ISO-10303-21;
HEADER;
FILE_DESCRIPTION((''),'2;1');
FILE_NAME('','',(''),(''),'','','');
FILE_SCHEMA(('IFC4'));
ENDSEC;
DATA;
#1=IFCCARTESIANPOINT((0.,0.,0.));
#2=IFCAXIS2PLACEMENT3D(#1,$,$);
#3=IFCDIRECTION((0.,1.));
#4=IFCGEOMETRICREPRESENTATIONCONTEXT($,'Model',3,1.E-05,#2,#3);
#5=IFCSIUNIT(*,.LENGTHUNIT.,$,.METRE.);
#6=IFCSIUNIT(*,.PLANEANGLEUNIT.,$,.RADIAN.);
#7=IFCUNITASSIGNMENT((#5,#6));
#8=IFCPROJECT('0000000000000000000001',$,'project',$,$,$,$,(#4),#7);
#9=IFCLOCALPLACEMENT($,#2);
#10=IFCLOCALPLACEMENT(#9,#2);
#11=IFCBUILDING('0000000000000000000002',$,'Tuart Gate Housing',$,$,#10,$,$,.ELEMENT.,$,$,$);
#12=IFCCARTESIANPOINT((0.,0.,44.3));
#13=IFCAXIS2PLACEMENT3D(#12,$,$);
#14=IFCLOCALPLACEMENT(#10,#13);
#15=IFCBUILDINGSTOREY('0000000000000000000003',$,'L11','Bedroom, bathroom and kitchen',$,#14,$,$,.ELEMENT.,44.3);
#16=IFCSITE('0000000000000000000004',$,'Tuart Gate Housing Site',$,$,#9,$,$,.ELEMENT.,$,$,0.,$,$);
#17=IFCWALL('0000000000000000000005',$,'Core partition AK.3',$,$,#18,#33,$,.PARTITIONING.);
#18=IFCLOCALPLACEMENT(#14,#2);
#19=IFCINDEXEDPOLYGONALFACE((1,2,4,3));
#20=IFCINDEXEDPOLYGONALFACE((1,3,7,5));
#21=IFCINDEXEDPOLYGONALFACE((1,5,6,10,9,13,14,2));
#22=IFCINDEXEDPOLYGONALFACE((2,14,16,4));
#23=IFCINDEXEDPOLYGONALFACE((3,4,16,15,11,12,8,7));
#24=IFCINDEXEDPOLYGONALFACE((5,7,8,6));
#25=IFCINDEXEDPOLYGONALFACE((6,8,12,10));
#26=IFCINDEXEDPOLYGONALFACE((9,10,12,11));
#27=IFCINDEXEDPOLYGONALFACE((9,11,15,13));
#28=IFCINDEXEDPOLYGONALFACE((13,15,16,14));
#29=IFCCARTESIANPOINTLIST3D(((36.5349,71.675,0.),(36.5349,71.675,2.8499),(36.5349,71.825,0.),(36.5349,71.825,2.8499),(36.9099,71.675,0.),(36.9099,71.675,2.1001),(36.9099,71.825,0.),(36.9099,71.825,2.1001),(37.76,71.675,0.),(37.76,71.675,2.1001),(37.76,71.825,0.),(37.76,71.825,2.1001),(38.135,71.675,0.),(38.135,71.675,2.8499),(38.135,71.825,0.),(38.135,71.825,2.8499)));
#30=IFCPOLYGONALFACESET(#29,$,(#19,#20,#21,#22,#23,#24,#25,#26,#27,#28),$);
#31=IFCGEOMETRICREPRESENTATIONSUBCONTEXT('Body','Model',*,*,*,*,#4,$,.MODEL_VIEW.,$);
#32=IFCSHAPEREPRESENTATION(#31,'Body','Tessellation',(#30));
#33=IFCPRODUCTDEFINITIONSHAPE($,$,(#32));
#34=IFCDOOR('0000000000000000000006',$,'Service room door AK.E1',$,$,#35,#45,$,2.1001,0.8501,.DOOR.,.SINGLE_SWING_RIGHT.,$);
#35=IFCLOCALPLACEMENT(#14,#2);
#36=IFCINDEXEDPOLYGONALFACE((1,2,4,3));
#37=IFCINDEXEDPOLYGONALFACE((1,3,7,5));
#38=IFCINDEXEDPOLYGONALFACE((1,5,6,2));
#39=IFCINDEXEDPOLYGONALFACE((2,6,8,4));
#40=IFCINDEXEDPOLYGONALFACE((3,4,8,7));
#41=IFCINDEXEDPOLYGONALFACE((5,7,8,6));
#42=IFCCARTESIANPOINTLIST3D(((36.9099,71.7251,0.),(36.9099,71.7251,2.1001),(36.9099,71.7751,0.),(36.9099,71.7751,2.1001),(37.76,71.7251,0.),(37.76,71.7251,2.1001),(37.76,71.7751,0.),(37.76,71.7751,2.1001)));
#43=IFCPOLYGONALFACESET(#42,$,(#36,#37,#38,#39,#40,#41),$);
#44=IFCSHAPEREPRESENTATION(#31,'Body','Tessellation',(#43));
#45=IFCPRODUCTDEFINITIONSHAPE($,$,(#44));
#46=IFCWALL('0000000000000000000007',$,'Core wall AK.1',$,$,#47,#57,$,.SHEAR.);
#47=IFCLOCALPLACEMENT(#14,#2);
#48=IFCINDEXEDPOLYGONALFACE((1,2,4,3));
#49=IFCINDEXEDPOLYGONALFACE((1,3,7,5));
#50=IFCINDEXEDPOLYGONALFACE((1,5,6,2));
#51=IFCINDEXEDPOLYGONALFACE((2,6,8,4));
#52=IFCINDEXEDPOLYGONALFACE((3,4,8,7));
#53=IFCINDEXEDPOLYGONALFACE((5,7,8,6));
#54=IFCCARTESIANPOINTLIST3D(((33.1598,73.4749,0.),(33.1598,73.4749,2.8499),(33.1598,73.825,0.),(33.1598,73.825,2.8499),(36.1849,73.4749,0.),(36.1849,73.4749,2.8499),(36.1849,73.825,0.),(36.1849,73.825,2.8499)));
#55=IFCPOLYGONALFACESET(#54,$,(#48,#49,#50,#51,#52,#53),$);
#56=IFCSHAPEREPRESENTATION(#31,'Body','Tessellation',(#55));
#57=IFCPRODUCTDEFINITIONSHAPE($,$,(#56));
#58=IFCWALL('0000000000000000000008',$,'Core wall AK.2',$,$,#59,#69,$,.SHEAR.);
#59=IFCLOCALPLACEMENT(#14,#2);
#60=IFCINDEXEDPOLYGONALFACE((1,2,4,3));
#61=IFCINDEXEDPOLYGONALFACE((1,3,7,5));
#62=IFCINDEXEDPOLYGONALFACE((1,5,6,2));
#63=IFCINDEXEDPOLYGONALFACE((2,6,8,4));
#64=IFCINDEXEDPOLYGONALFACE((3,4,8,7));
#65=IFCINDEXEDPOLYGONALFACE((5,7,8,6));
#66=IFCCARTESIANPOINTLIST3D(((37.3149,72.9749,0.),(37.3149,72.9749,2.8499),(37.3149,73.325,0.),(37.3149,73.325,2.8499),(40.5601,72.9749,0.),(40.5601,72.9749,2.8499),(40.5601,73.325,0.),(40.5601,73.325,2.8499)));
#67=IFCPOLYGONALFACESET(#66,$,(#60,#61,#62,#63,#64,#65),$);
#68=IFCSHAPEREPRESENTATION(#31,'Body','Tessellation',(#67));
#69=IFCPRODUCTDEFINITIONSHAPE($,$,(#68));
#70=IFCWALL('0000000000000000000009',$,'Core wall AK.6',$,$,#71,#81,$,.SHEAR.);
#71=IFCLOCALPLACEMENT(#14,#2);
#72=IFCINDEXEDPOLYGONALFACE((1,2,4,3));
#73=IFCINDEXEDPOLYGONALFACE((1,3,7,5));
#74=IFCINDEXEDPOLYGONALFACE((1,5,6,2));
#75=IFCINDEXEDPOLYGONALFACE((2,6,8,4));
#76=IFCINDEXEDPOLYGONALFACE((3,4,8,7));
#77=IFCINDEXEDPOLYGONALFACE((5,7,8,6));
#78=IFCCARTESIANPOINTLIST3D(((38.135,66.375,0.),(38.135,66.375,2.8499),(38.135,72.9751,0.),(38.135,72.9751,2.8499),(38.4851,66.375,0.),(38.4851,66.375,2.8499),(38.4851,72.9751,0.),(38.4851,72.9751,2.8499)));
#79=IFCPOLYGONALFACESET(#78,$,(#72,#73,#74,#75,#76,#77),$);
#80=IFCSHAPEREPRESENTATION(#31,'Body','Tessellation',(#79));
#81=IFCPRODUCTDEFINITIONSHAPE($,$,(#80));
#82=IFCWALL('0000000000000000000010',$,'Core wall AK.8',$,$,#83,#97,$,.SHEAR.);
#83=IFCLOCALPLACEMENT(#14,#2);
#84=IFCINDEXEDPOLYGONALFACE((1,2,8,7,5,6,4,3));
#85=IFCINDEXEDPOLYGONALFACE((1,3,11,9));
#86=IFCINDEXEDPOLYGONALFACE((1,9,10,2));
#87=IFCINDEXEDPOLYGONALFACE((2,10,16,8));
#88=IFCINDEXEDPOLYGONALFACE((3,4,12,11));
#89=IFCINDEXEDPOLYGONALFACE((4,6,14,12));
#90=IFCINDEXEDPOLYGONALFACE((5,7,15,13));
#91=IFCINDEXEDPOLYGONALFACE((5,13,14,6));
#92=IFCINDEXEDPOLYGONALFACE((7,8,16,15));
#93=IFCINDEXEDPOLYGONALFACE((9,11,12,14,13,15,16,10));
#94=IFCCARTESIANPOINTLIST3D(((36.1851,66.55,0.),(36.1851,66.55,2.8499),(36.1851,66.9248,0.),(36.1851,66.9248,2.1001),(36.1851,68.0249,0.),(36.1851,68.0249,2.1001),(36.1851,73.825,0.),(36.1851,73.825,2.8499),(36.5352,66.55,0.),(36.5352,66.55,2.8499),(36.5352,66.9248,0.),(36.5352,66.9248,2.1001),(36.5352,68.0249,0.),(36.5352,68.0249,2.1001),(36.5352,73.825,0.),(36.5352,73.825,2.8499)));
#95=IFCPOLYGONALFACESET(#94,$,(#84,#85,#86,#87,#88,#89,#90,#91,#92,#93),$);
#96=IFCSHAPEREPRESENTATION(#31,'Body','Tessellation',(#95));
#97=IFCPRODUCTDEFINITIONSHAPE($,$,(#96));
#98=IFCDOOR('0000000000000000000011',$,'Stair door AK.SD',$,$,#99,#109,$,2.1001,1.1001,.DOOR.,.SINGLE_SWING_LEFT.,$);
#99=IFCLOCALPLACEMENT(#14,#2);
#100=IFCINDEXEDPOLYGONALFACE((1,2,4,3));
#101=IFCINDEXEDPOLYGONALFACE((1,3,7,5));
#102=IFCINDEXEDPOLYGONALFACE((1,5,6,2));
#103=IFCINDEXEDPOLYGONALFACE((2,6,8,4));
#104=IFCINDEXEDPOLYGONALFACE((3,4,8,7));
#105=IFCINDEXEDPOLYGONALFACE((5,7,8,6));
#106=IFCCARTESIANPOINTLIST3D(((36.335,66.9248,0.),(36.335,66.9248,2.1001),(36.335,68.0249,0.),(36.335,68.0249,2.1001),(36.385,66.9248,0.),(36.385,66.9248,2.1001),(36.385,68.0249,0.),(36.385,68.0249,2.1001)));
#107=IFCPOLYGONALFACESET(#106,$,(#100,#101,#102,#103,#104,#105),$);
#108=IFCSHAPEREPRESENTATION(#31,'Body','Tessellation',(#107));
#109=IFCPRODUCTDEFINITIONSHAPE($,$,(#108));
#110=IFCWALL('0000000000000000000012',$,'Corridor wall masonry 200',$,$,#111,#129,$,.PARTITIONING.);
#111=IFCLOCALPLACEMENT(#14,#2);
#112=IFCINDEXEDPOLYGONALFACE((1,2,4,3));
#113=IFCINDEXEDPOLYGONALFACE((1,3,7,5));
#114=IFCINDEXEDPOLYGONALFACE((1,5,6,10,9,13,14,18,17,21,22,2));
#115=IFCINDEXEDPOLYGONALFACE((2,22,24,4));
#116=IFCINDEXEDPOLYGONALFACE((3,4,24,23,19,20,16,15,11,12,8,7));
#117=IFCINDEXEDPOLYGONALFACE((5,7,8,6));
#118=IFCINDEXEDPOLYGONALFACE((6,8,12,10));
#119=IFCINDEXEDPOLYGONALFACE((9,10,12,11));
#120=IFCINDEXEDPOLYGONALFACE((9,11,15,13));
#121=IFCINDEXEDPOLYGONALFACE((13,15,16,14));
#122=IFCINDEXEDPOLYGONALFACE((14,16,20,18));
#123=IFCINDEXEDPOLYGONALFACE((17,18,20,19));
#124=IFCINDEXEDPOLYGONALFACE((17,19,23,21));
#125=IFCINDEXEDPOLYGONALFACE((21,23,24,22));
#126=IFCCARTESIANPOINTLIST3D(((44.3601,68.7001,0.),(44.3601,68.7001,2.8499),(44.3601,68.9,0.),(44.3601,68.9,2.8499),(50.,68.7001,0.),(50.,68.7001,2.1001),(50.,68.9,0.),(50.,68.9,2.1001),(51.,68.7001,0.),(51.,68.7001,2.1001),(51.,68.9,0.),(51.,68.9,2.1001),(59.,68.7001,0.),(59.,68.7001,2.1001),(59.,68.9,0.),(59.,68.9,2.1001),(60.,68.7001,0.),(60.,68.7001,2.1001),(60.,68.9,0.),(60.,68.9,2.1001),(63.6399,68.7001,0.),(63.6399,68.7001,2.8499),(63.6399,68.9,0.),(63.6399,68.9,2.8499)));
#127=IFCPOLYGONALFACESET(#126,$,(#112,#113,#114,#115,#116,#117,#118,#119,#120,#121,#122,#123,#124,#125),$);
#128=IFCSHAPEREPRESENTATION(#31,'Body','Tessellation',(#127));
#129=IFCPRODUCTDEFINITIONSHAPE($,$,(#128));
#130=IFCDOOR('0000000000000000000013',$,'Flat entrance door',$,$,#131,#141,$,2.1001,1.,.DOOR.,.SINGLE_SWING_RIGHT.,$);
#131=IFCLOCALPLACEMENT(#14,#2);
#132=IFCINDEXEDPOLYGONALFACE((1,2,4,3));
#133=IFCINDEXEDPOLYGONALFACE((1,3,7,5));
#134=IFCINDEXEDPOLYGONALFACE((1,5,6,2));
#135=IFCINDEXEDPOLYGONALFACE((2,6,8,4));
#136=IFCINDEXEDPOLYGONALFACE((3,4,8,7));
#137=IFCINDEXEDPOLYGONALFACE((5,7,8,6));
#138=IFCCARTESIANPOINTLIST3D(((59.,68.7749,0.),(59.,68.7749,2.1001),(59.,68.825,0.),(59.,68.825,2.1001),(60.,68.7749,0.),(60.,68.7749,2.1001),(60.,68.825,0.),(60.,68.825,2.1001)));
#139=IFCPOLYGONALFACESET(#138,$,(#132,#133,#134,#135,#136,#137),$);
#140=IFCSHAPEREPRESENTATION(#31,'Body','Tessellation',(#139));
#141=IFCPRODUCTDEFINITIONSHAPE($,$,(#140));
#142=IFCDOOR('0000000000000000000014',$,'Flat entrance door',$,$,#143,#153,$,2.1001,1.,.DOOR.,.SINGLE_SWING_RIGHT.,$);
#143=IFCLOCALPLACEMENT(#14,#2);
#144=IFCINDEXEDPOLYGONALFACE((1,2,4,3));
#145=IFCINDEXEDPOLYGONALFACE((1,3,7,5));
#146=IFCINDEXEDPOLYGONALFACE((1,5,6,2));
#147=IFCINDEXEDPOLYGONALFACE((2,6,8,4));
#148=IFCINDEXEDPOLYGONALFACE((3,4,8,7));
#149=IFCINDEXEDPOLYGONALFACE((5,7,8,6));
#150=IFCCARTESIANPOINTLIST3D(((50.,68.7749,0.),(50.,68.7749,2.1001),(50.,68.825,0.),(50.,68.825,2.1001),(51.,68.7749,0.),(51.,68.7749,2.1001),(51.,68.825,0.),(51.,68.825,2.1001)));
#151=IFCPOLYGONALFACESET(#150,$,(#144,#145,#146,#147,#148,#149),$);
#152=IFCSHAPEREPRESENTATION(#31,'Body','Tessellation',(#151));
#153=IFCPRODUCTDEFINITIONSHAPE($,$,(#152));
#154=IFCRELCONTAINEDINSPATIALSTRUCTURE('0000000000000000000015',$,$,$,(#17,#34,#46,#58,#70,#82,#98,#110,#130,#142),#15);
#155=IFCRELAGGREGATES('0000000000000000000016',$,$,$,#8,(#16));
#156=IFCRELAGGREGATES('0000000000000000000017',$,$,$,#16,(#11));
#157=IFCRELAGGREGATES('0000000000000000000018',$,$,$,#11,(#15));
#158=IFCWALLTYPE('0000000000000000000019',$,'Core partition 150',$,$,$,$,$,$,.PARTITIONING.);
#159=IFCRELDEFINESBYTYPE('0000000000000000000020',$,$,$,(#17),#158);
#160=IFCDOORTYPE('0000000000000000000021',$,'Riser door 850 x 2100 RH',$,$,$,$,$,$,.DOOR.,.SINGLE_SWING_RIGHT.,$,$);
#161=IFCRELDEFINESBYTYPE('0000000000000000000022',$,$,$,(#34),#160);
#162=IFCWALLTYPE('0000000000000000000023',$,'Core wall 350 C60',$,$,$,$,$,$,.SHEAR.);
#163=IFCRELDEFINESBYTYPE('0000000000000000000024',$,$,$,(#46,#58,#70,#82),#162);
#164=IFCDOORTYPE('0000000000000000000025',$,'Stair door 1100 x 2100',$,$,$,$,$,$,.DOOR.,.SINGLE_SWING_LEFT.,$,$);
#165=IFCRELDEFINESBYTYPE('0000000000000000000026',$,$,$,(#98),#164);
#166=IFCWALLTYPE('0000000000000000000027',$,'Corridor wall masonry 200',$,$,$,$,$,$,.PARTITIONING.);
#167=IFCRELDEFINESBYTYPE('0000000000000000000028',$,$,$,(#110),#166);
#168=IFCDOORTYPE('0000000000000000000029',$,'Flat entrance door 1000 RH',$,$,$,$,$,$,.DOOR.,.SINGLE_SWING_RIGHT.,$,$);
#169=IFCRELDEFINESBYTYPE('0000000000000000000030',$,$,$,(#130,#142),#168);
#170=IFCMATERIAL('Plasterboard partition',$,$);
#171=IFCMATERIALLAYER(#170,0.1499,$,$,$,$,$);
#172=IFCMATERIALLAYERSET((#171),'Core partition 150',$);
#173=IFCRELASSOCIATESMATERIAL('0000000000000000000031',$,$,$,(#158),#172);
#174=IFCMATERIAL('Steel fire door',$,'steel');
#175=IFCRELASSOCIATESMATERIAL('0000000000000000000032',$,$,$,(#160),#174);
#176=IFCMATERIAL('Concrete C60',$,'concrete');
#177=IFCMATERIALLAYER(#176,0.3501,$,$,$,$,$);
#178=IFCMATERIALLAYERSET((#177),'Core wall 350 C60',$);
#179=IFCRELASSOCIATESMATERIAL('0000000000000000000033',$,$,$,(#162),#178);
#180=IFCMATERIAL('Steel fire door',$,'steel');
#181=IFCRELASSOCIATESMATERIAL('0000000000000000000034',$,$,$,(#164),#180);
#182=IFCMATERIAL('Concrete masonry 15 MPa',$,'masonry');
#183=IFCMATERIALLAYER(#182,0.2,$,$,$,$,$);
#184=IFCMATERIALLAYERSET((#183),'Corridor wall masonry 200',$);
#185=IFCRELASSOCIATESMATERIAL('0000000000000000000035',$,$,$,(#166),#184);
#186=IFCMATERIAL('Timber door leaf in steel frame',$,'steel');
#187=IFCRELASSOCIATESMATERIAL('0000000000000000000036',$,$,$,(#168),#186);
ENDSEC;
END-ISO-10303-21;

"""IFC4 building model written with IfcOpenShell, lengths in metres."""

from ifc_helpers import new_model, si_unit, direction, frame, frame_2d, origin, place, context, subcontext, project, spatial, rectangle, extrude, material, layer, layer_set, type_object, element, fill, save


model = new_model("IFC4")

# Units and contexts
model_context = context("Model", 3, precision=1e-05, world=origin(), true_north=direction((0.0, 1.0)))
body_context = subcontext(model_context, "Body", "Model", "MODEL_VIEW")
ifc_project = project(units=[si_unit("LENGTHUNIT", "METRE"), si_unit("PLANEANGLEUNIT", "RADIAN")], contexts=[model_context])

# Site, building, storey
site_placement = place(None, origin())
site = spatial("IfcSite", under=ifc_project, at=site_placement, Name="Tuart Gate Housing Site", CompositionType="ELEMENT", RefElevation=0.0)
building_placement = place(site_placement, origin())
building = spatial("IfcBuilding", under=site, at=building_placement, Name="Tuart Gate Housing", CompositionType="ELEMENT")
storey_placement = place(building_placement, frame((0.0, 0.0, 44.3)))
storey = spatial("IfcBuildingStorey", under=building, at=storey_placement, Name="L11", Description="Bedroom, bathroom and kitchen", CompositionType="ELEMENT", Elevation=44.3)

# Wall, opening, door
ifc_material_1 = material(Name="Plasterboard partition")
ifc_layer_1 = layer(ifc_material_1, 0.1499)
ifc_layer_set_1 = layer_set([ifc_layer_1], Name="Core partition 150")
wall_type_1 = type_object("IfcWallType", Name="Core partition 150", PredefinedType="PARTITIONING", material=ifc_layer_set_1)
wall_1_placement = place(storey_placement, frame((38.135, 71.75, 0.0), z_axis=(0.0, 0.0, 1.0), x_axis=(-1.0, 0.0, 0.0)))
wall_1 = element("IfcWall", 1, at=wall_1_placement, inside=storey, type_object=wall_type_1, Name="Core partition AK.3", PredefinedType="PARTITIONING", context=body_context, shape_type="SweptSolid", body=[
    extrude(rectangle(XDim=1.6001, YDim=0.1499, at=frame_2d((0.8, 0.0))), origin(), (0.0, 0.0, 1.0), 2.8499),
])
opening_1_placement = place(wall_1_placement, frame((0.375, 0.0, 0.0)))
opening_1 = element("IfcOpeningElement", 2, at=opening_1_placement, cuts=wall_1, PredefinedType="OPENING", context=body_context, shape_type="SweptSolid", body=[
    extrude(rectangle(XDim=0.8501, YDim=2.1001, at=frame_2d((0.425, 1.05))), frame((0.0, 0.085, 0.0), z_axis=(0.0, -1.0, 0.0), x_axis=(1.0, 0.0, 0.0)), (0.0, 0.0, 1.0), 0.1699),
])
ifc_material_2 = material(Name="Steel fire door", Category="steel")
door_type_1 = type_object("IfcDoorType", Name="Riser door 850 x 2100 RH", OperationType="SINGLE_SWING_RIGHT", PredefinedType="DOOR", material=ifc_material_2)
door_1_placement = place(opening_1_placement, frame((0.8501, 0.0, 0.0), z_axis=(0.0, 0.0, 1.0), x_axis=(-1.0, 0.0, 0.0)))
door_1 = element("IfcDoor", 3, at=door_1_placement, inside=storey, type_object=door_type_1, Name="Service room door AK.E1", OperationType="SINGLE_SWING_RIGHT", OverallHeight=2.1001, OverallWidth=0.8501, PredefinedType="DOOR", context=body_context, shape_type="SweptSolid", body=[
    extrude(rectangle(XDim=0.8501, YDim=2.1001, at=frame_2d((0.425, 1.05))), frame((0.0, 0.0251, 0.0), z_axis=(0.0, -1.0, 0.0), x_axis=(1.0, 0.0, 0.0)), (0.0, 0.0, 1.0), 0.05),
])
fill(opening_1, door_1)

# Walls
ifc_material_3 = material(Name="Concrete C60", Category="concrete")
ifc_layer_2 = layer(ifc_material_3, 0.3501)
ifc_layer_set_2 = layer_set([ifc_layer_2], Name="Core wall 350 C60")
wall_type_2 = type_object("IfcWallType", Name="Core wall 350 C60", PredefinedType="SHEAR", material=ifc_layer_set_2)
wall_2_placement = place(storey_placement, frame((36.1851, 73.6499, 0.0), z_axis=(0.0, 0.0, 1.0), x_axis=(-1.0, 0.0, 0.0)))
element("IfcWall", 4, at=wall_2_placement, inside=storey, type_object=wall_type_2, Name="Core wall AK.1", PredefinedType="SHEAR", context=body_context, shape_type="SweptSolid", body=[
    extrude(rectangle(XDim=3.0251, YDim=0.3501, at=frame_2d((1.5127, 0.0))), origin(), (0.0, 0.0, 1.0), 2.8499),
])
wall_3_placement = place(storey_placement, frame((40.5601, 73.1499, 0.0), z_axis=(0.0, 0.0, 1.0), x_axis=(-1.0, 0.0, 0.0)))
element("IfcWall", 5, at=wall_3_placement, inside=storey, type_object=wall_type_2, Name="Core wall AK.2", PredefinedType="SHEAR", context=body_context, shape_type="SweptSolid", body=[
    extrude(rectangle(XDim=3.2451, YDim=0.3501, at=frame_2d((1.6226, 0.0))), origin(), (0.0, 0.0, 1.0), 2.8499),
])
wall_4_placement = place(storey_placement, frame((38.3101, 72.9751, 0.0), z_axis=(0.0, 0.0, 1.0), x_axis=(0.0, -1.0, 0.0)))
element("IfcWall", 6, at=wall_4_placement, inside=storey, type_object=wall_type_2, Name="Core wall AK.6", PredefinedType="SHEAR", context=body_context, shape_type="SweptSolid", body=[
    extrude(rectangle(XDim=6.6001, YDim=0.3501, at=frame_2d((3.3, 0.0))), origin(), (0.0, 0.0, 1.0), 2.8499),
])

# Wall, opening, door
wall_5_placement = place(storey_placement, frame((36.3601, 73.825, 0.0), z_axis=(0.0, 0.0, 1.0), x_axis=(0.0, -1.0, 0.0)))
wall_5 = element("IfcWall", 7, at=wall_5_placement, inside=storey, type_object=wall_type_2, Name="Core wall AK.8", PredefinedType="SHEAR", context=body_context, shape_type="SweptSolid", body=[
    extrude(rectangle(XDim=7.2749, YDim=0.3501, at=frame_2d((3.6375, 0.0))), origin(), (0.0, 0.0, 1.0), 2.8499),
])
opening_2_placement = place(wall_5_placement, frame((5.8, 0.0, 0.0)))
opening_2 = element("IfcOpeningElement", 8, at=opening_2_placement, cuts=wall_5, PredefinedType="OPENING", context=body_context, shape_type="SweptSolid", body=[
    extrude(rectangle(XDim=1.1001, YDim=2.1001, at=frame_2d((0.55, 1.05))), frame((0.0, 0.1851, 0.0), z_axis=(0.0, -1.0, 0.0), x_axis=(1.0, 0.0, 0.0)), (0.0, 0.0, 1.0), 0.3701),
])
ifc_material_4 = material(Name="Steel fire door", Category="steel")
door_type_2 = type_object("IfcDoorType", Name="Stair door 1100 x 2100", OperationType="SINGLE_SWING_LEFT", PredefinedType="DOOR", material=ifc_material_4)
door_2_placement = place(opening_2_placement, frame((1.1001, 0.0, 0.0), z_axis=(0.0, 0.0, 1.0), x_axis=(-1.0, 0.0, 0.0)))
door_2 = element("IfcDoor", 9, at=door_2_placement, inside=storey, type_object=door_type_2, Name="Stair door AK.SD", OperationType="SINGLE_SWING_LEFT", OverallHeight=2.1001, OverallWidth=1.1001, PredefinedType="DOOR", context=body_context, shape_type="SweptSolid", body=[
    extrude(rectangle(XDim=1.1001, YDim=2.1001, at=frame_2d((0.55, 1.05))), frame((0.0, 0.0251, 0.0), z_axis=(0.0, -1.0, 0.0), x_axis=(1.0, 0.0, 0.0)), (0.0, 0.0, 1.0), 0.05),
])
fill(opening_2, door_2)

# Wall, openings, doors
ifc_material_5 = material(Name="Concrete masonry 15 MPa", Category="masonry")
ifc_layer_3 = layer(ifc_material_5, 0.2)
ifc_layer_set_3 = layer_set([ifc_layer_3], Name="Corridor wall masonry 200")
wall_type_3 = type_object("IfcWallType", Name="Corridor wall masonry 200", PredefinedType="PARTITIONING", material=ifc_layer_set_3)
wall_6_placement = place(storey_placement, frame((44.3601, 68.8, 0.0), z_axis=(0.0, 0.0, 1.0), x_axis=(1.0, 0.0, 0.0)))
wall_6 = element("IfcWall", 10, at=wall_6_placement, inside=storey, type_object=wall_type_3, Name="Corridor wall masonry 200", PredefinedType="PARTITIONING", context=body_context, shape_type="SweptSolid", body=[
    extrude(rectangle(XDim=19.2798, YDim=0.2, at=frame_2d((9.6399, 0.0))), origin(), (0.0, 0.0, 1.0), 2.8499),
])
opening_3_placement = place(wall_6_placement, frame((14.6399, 0.0, 0.0)))
opening_3 = element("IfcOpeningElement", 11, at=opening_3_placement, cuts=wall_6, PredefinedType="OPENING", context=body_context, shape_type="SweptSolid", body=[
    extrude(rectangle(XDim=1.0, YDim=2.1001, at=frame_2d((0.5, 1.05))), frame((0.0, 0.1099, 0.0), z_axis=(0.0, -1.0, 0.0), x_axis=(1.0, 0.0, 0.0)), (0.0, 0.0, 1.0), 0.22),
])
opening_4_placement = place(wall_6_placement, frame((5.6399, 0.0, 0.0)))
opening_4 = element("IfcOpeningElement", 12, at=opening_4_placement, cuts=wall_6, PredefinedType="OPENING", context=body_context, shape_type="SweptSolid", body=[
    extrude(rectangle(XDim=1.0, YDim=2.1001, at=frame_2d((0.5, 1.05))), frame((0.0, 0.1099, 0.0), z_axis=(0.0, -1.0, 0.0), x_axis=(1.0, 0.0, 0.0)), (0.0, 0.0, 1.0), 0.22),
])
ifc_material_6 = material(Name="Timber door leaf in steel frame", Category="steel")
door_type_3 = type_object("IfcDoorType", Name="Flat entrance door 1000 RH", OperationType="SINGLE_SWING_RIGHT", PredefinedType="DOOR", material=ifc_material_6)
door_3_placement = place(opening_3_placement, frame((1.0, 0.0, 0.0), z_axis=(0.0, 0.0, 1.0), x_axis=(-1.0, 0.0, 0.0)))
door_3 = element("IfcDoor", 13, at=door_3_placement, inside=storey, type_object=door_type_3, Name="Flat entrance door", OperationType="SINGLE_SWING_RIGHT", OverallHeight=2.1001, OverallWidth=1.0, PredefinedType="DOOR", context=body_context, shape_type="SweptSolid", body=[
    extrude(rectangle(XDim=1.0, YDim=2.1001, at=frame_2d((0.5, 1.05))), frame((0.0, 0.0251, 0.0), z_axis=(0.0, -1.0, 0.0), x_axis=(1.0, 0.0, 0.0)), (0.0, 0.0, 1.0), 0.05),
])
fill(opening_3, door_3)
door_4_placement = place(opening_4_placement, frame((1.0, 0.0, 0.0), z_axis=(0.0, 0.0, 1.0), x_axis=(-1.0, 0.0, 0.0)))
door_4 = element("IfcDoor", 14, at=door_4_placement, inside=storey, type_object=door_type_3, Name="Flat entrance door", OperationType="SINGLE_SWING_RIGHT", OverallHeight=2.1001, OverallWidth=1.0, PredefinedType="DOOR", context=body_context, shape_type="SweptSolid", body=[
    extrude(rectangle(XDim=1.0, YDim=2.1001, at=frame_2d((0.5, 1.05))), frame((0.0, 0.0251, 0.0), z_axis=(0.0, -1.0, 0.0), x_axis=(1.0, 0.0, 0.0)), (0.0, 0.0, 1.0), 0.05),
])
fill(opening_4, door_4)

save(model, "model.ifc")
